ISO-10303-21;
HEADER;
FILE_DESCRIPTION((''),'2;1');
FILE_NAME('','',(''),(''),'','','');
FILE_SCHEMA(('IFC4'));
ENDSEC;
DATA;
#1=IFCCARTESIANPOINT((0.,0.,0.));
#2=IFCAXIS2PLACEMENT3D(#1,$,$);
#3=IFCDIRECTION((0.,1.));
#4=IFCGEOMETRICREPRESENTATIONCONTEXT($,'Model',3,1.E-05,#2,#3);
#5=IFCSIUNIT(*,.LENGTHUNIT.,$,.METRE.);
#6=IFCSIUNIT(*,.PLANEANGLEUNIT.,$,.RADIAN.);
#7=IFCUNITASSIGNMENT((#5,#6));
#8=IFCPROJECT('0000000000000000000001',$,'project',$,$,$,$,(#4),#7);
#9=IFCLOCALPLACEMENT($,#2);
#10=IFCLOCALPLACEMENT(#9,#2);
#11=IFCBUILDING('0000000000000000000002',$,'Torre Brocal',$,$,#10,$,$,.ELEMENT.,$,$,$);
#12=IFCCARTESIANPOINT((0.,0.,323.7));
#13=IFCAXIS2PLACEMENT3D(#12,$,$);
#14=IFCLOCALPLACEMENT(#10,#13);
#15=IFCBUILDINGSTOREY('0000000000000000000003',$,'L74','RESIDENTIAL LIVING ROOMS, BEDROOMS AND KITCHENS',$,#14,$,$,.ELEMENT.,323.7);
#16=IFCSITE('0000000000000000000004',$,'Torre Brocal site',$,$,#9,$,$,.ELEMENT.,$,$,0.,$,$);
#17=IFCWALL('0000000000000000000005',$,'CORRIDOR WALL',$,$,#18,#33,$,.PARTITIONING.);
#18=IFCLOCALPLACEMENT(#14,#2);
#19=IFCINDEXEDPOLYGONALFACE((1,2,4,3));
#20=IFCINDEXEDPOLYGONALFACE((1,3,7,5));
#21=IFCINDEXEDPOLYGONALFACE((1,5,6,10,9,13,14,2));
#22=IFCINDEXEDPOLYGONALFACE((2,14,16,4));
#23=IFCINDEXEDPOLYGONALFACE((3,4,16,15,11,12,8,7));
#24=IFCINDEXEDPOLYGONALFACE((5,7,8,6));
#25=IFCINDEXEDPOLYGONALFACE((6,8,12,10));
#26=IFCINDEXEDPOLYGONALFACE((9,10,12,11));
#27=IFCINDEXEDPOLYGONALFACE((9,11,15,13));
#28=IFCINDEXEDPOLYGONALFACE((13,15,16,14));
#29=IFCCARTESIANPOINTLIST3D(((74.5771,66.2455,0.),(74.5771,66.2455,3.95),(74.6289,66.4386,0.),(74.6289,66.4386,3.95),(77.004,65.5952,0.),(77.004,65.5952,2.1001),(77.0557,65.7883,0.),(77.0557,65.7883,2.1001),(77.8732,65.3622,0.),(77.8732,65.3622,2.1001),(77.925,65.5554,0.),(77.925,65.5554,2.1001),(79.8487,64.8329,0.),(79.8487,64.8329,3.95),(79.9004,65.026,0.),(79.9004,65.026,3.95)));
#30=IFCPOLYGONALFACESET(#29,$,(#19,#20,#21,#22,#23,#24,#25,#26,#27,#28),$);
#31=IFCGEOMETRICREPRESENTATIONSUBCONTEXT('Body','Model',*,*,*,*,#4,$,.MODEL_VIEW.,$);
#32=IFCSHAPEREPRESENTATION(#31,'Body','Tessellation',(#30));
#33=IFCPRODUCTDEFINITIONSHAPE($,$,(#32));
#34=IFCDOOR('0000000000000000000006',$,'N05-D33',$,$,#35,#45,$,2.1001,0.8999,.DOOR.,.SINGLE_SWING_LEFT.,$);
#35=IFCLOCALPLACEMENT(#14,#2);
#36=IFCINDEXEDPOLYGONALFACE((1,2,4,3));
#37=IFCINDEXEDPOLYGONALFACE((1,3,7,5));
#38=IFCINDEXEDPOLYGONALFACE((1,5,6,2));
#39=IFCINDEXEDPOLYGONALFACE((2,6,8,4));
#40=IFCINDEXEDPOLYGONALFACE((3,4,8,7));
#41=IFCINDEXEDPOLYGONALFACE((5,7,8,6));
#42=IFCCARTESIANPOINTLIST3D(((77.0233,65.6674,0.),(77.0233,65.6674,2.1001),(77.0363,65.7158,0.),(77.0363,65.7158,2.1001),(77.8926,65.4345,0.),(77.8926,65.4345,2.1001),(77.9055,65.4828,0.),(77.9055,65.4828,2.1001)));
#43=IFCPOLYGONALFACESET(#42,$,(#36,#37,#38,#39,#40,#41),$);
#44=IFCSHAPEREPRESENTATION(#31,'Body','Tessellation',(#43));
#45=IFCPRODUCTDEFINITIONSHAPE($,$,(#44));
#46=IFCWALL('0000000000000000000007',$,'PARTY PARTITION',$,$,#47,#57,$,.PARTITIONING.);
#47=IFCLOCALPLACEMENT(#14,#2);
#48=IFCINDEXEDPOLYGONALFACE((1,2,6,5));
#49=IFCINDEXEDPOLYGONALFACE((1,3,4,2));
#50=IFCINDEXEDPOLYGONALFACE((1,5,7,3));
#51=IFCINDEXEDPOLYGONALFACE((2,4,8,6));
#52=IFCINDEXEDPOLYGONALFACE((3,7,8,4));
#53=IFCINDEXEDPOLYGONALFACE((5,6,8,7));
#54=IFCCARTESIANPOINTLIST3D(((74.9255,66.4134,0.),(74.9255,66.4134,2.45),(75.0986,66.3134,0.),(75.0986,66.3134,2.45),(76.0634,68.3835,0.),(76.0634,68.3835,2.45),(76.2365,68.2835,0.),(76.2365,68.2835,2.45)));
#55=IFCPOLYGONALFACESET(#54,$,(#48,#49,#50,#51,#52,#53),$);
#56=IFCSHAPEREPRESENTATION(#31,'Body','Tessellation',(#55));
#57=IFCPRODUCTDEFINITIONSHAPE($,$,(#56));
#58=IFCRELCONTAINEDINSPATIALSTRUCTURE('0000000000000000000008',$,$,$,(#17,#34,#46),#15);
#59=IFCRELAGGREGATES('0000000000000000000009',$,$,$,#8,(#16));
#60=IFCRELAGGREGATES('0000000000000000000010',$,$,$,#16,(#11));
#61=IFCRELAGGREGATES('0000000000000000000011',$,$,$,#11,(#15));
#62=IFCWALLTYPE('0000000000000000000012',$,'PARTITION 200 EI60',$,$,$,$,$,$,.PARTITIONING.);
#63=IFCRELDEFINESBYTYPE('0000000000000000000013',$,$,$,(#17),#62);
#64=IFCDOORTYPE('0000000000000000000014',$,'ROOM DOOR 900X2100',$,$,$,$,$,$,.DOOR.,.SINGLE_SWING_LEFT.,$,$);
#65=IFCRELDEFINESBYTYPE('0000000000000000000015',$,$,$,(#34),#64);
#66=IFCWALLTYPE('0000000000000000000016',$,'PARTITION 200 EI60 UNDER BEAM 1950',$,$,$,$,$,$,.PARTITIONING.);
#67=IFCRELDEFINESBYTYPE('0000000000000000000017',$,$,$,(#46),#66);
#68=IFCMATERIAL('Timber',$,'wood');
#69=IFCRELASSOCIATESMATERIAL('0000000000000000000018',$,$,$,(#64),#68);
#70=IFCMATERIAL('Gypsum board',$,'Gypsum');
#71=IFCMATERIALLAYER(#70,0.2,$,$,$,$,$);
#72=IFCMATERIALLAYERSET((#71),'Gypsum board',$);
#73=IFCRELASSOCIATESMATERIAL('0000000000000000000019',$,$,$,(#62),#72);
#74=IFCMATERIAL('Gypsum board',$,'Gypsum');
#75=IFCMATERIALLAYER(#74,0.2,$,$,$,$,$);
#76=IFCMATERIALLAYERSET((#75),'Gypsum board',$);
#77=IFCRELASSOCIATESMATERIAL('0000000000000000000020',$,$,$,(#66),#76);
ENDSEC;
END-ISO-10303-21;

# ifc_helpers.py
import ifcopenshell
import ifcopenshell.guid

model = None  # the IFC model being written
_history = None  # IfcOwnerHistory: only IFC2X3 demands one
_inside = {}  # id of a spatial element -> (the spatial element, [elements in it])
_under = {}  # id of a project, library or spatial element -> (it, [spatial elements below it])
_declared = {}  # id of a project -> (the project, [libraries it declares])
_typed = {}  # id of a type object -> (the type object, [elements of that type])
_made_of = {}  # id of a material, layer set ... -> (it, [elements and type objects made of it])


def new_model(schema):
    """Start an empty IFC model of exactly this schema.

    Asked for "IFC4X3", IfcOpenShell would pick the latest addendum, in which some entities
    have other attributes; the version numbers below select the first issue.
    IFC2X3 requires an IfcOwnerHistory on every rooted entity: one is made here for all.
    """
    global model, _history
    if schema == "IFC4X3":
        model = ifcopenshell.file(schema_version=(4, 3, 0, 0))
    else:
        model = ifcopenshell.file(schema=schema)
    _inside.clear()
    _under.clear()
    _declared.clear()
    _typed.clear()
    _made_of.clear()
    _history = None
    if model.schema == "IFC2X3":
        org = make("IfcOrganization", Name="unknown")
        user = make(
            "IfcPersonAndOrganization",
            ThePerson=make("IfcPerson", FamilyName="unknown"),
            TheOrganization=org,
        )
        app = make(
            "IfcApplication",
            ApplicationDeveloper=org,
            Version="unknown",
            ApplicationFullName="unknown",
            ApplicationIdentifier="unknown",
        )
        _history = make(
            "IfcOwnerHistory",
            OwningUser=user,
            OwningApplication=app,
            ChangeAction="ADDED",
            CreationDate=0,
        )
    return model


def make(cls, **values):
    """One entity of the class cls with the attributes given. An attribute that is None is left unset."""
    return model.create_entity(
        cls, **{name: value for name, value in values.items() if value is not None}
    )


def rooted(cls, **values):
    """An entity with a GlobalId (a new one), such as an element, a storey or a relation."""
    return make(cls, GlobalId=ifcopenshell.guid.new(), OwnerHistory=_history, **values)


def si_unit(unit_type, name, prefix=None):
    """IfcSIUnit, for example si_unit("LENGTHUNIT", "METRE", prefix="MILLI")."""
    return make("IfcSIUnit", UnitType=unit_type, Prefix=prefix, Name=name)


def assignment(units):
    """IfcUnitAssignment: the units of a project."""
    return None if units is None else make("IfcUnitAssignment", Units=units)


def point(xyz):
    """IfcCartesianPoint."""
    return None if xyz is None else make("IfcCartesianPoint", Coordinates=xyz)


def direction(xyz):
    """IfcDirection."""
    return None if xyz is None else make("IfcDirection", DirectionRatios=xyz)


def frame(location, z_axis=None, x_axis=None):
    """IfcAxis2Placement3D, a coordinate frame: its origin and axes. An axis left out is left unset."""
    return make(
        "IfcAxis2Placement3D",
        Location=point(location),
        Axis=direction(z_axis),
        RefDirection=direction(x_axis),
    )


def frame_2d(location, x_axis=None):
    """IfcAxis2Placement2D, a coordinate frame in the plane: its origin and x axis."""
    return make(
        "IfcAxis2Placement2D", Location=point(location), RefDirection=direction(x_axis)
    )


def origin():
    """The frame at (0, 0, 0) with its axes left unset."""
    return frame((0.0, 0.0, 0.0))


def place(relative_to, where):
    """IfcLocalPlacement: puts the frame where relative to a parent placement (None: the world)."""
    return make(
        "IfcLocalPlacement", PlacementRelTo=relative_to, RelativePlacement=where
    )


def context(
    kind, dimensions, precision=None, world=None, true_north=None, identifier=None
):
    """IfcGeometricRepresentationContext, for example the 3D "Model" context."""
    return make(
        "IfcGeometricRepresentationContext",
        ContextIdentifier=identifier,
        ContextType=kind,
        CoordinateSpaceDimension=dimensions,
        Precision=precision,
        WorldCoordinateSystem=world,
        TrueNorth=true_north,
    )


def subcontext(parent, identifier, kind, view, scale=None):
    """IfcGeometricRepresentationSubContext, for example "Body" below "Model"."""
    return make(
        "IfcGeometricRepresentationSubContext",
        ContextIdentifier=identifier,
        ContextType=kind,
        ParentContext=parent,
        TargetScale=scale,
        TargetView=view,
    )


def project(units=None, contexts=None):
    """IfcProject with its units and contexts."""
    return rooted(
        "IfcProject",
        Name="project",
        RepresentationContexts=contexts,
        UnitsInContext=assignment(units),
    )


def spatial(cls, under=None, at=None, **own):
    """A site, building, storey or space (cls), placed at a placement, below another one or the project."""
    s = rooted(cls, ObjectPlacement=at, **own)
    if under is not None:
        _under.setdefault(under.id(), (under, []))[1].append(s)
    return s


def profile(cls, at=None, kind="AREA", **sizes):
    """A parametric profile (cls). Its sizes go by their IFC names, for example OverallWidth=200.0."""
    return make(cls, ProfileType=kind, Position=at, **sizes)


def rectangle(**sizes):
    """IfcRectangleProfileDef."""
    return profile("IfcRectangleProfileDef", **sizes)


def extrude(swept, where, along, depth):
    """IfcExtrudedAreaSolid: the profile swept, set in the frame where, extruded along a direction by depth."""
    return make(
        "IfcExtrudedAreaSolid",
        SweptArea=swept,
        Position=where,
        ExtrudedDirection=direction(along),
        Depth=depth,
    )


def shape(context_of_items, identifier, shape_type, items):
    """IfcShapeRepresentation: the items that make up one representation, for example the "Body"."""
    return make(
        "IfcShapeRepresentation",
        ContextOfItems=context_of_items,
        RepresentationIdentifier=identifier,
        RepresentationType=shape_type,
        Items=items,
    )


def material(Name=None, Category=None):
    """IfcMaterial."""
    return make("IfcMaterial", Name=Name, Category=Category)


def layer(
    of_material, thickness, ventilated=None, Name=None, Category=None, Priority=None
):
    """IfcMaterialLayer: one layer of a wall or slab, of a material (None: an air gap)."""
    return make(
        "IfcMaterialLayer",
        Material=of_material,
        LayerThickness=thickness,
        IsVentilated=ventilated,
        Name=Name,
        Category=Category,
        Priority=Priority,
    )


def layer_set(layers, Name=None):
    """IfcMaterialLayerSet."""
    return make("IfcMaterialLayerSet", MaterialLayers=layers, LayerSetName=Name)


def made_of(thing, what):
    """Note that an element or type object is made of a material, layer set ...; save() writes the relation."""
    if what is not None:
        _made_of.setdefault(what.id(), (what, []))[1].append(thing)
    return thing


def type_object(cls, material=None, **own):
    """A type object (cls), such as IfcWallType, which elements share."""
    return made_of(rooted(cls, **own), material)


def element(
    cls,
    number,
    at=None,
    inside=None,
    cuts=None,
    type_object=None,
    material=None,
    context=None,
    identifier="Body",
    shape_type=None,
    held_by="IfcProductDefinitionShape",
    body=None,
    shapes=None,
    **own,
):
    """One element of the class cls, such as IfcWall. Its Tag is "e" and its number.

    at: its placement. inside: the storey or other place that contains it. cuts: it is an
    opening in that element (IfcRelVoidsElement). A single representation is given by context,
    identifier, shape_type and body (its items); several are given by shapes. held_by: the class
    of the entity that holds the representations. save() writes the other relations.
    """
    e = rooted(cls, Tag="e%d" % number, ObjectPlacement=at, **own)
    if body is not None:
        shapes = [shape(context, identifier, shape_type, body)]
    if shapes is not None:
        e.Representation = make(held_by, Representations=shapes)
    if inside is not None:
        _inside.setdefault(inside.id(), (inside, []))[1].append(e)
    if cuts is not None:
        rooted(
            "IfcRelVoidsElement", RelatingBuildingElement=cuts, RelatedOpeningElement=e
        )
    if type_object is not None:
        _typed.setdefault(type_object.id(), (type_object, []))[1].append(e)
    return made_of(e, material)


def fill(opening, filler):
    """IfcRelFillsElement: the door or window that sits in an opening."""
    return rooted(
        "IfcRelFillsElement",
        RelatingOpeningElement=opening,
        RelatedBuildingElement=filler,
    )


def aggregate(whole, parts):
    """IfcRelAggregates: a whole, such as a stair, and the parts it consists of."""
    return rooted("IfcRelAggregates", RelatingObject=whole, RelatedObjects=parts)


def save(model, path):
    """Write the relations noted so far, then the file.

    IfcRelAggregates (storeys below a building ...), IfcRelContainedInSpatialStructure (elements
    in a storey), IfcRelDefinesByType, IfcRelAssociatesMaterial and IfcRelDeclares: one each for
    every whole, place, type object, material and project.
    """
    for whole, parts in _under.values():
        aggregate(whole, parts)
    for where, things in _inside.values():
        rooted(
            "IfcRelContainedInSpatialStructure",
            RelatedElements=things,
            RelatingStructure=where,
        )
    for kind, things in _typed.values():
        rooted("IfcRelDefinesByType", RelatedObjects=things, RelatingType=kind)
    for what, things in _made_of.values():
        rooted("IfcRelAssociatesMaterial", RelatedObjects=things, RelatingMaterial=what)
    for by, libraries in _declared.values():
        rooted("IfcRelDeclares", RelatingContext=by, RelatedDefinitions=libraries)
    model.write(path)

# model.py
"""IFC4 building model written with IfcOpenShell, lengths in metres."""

from ifc_helpers import new_model, si_unit, direction, frame, frame_2d, origin, place, context, subcontext, project, spatial, rectangle, extrude, material, layer, layer_set, type_object, element, fill, save


model = new_model("IFC4")

# Units and contexts
model_context = context("Model", 3, precision=1e-05, world=origin(), true_north=direction((0.0, 1.0)))
body_context = subcontext(model_context, "Body", "Model", "MODEL_VIEW")
ifc_project = project(units=[si_unit("LENGTHUNIT", "METRE"), si_unit("PLANEANGLEUNIT", "RADIAN")], contexts=[model_context])

# Site, building, storey
site_placement = place(None, origin())
site = spatial("IfcSite", under=ifc_project, at=site_placement, Name="Torre Brocal site", CompositionType="ELEMENT", RefElevation=0.0)
building_placement = place(site_placement, origin())
building = spatial("IfcBuilding", under=site, at=building_placement, Name="Torre Brocal", CompositionType="ELEMENT")
storey_placement = place(building_placement, frame((0.0, 0.0, 323.7)))
storey = spatial("IfcBuildingStorey", under=building, at=storey_placement, Name="L74", Description="RESIDENTIAL LIVING ROOMS, BEDROOMS AND KITCHENS", CompositionType="ELEMENT", Elevation=323.7)

# Shared definitions
ifc_material_1 = material(Name="Timber", Category="wood")
door_type_1 = type_object("IfcDoorType", Name="ROOM DOOR 900X2100", OperationType="SINGLE_SWING_LEFT", PredefinedType="DOOR", material=ifc_material_1)
ifc_material_2 = material(Name="Gypsum board", Category="Gypsum")
ifc_layer_1 = layer(ifc_material_2, 0.2)
ifc_layer_set_1 = layer_set([ifc_layer_1], Name="Gypsum board")
wall_type_1 = type_object("IfcWallType", Name="PARTITION 200 EI60", PredefinedType="PARTITIONING", material=ifc_layer_set_1)

# Wall, opening, door
wall_1_placement = place(storey_placement, frame((74.603, 66.342, 0.0), z_axis=(0.0, 0.0, 1.0), x_axis=(0.965921, -0.258837, 0.0)))
wall_1 = element("IfcWall", 1, at=wall_1_placement, inside=storey, type_object=wall_type_1, Name="CORRIDOR WALL", PredefinedType="PARTITIONING", context=body_context, shape_type="SweptSolid", body=[
    extrude(rectangle(XDim=5.4575, YDim=0.2, at=frame_2d((2.7288, 0.0))), origin(), (0.0, 0.0, 1.0), 3.95),
])
opening_1_placement = place(wall_1_placement, frame((2.5125, 0.0, 0.0)))
opening_1 = element("IfcOpeningElement", 2, at=opening_1_placement, cuts=wall_1, PredefinedType="OPENING", context=body_context, shape_type="SweptSolid", body=[
    extrude(rectangle(XDim=0.8999, YDim=2.1001, at=frame_2d((0.45, 1.05))), frame((0.0, 0.1099, 0.0), z_axis=(0.0, -1.0, 0.0), x_axis=(1.0, 0.0, 0.0)), (0.0, 0.0, 1.0), 0.22),
])
door_1_placement = place(opening_1_placement, origin())
door_1 = element("IfcDoor", 3, at=door_1_placement, inside=storey, type_object=door_type_1, Name="N05-D33", OperationType="SINGLE_SWING_LEFT", OverallHeight=2.1001, OverallWidth=0.8999, PredefinedType="DOOR", context=body_context, shape_type="SweptSolid", body=[
    extrude(rectangle(XDim=0.8999, YDim=2.1001, at=frame_2d((0.45, 1.05))), frame((0.0, 0.0249, 0.0), z_axis=(0.0, -1.0, 0.0), x_axis=(1.0, 0.0, 0.0)), (0.0, 0.0, 1.0), 0.05),
])
fill(opening_1, door_1)

# Wall
ifc_material_3 = material(Name="Gypsum board", Category="Gypsum")
ifc_layer_2 = layer(ifc_material_3, 0.2)
ifc_layer_set_2 = layer_set([ifc_layer_2], Name="Gypsum board")
wall_type_2 = type_object("IfcWallType", Name="PARTITION 200 EI60 UNDER BEAM 1950", PredefinedType="PARTITIONING", material=ifc_layer_set_2)
wall_2_placement = place(storey_placement, frame((75.012, 66.3633, 0.0), z_axis=(0.0, 0.0, 1.0), x_axis=(0.500144, 0.865943, 0.0)))
element("IfcWall", 4, at=wall_2_placement, inside=storey, type_object=wall_type_2, Name="PARTY PARTITION", PredefinedType="PARTITIONING", context=body_context, shape_type="SweptSolid", body=[
    extrude(rectangle(XDim=2.2751, YDim=0.2, at=frame_2d((1.1377, 0.0))), origin(), (0.0, 0.0, 1.0), 2.45),
])

save(model, "model.ifc")
